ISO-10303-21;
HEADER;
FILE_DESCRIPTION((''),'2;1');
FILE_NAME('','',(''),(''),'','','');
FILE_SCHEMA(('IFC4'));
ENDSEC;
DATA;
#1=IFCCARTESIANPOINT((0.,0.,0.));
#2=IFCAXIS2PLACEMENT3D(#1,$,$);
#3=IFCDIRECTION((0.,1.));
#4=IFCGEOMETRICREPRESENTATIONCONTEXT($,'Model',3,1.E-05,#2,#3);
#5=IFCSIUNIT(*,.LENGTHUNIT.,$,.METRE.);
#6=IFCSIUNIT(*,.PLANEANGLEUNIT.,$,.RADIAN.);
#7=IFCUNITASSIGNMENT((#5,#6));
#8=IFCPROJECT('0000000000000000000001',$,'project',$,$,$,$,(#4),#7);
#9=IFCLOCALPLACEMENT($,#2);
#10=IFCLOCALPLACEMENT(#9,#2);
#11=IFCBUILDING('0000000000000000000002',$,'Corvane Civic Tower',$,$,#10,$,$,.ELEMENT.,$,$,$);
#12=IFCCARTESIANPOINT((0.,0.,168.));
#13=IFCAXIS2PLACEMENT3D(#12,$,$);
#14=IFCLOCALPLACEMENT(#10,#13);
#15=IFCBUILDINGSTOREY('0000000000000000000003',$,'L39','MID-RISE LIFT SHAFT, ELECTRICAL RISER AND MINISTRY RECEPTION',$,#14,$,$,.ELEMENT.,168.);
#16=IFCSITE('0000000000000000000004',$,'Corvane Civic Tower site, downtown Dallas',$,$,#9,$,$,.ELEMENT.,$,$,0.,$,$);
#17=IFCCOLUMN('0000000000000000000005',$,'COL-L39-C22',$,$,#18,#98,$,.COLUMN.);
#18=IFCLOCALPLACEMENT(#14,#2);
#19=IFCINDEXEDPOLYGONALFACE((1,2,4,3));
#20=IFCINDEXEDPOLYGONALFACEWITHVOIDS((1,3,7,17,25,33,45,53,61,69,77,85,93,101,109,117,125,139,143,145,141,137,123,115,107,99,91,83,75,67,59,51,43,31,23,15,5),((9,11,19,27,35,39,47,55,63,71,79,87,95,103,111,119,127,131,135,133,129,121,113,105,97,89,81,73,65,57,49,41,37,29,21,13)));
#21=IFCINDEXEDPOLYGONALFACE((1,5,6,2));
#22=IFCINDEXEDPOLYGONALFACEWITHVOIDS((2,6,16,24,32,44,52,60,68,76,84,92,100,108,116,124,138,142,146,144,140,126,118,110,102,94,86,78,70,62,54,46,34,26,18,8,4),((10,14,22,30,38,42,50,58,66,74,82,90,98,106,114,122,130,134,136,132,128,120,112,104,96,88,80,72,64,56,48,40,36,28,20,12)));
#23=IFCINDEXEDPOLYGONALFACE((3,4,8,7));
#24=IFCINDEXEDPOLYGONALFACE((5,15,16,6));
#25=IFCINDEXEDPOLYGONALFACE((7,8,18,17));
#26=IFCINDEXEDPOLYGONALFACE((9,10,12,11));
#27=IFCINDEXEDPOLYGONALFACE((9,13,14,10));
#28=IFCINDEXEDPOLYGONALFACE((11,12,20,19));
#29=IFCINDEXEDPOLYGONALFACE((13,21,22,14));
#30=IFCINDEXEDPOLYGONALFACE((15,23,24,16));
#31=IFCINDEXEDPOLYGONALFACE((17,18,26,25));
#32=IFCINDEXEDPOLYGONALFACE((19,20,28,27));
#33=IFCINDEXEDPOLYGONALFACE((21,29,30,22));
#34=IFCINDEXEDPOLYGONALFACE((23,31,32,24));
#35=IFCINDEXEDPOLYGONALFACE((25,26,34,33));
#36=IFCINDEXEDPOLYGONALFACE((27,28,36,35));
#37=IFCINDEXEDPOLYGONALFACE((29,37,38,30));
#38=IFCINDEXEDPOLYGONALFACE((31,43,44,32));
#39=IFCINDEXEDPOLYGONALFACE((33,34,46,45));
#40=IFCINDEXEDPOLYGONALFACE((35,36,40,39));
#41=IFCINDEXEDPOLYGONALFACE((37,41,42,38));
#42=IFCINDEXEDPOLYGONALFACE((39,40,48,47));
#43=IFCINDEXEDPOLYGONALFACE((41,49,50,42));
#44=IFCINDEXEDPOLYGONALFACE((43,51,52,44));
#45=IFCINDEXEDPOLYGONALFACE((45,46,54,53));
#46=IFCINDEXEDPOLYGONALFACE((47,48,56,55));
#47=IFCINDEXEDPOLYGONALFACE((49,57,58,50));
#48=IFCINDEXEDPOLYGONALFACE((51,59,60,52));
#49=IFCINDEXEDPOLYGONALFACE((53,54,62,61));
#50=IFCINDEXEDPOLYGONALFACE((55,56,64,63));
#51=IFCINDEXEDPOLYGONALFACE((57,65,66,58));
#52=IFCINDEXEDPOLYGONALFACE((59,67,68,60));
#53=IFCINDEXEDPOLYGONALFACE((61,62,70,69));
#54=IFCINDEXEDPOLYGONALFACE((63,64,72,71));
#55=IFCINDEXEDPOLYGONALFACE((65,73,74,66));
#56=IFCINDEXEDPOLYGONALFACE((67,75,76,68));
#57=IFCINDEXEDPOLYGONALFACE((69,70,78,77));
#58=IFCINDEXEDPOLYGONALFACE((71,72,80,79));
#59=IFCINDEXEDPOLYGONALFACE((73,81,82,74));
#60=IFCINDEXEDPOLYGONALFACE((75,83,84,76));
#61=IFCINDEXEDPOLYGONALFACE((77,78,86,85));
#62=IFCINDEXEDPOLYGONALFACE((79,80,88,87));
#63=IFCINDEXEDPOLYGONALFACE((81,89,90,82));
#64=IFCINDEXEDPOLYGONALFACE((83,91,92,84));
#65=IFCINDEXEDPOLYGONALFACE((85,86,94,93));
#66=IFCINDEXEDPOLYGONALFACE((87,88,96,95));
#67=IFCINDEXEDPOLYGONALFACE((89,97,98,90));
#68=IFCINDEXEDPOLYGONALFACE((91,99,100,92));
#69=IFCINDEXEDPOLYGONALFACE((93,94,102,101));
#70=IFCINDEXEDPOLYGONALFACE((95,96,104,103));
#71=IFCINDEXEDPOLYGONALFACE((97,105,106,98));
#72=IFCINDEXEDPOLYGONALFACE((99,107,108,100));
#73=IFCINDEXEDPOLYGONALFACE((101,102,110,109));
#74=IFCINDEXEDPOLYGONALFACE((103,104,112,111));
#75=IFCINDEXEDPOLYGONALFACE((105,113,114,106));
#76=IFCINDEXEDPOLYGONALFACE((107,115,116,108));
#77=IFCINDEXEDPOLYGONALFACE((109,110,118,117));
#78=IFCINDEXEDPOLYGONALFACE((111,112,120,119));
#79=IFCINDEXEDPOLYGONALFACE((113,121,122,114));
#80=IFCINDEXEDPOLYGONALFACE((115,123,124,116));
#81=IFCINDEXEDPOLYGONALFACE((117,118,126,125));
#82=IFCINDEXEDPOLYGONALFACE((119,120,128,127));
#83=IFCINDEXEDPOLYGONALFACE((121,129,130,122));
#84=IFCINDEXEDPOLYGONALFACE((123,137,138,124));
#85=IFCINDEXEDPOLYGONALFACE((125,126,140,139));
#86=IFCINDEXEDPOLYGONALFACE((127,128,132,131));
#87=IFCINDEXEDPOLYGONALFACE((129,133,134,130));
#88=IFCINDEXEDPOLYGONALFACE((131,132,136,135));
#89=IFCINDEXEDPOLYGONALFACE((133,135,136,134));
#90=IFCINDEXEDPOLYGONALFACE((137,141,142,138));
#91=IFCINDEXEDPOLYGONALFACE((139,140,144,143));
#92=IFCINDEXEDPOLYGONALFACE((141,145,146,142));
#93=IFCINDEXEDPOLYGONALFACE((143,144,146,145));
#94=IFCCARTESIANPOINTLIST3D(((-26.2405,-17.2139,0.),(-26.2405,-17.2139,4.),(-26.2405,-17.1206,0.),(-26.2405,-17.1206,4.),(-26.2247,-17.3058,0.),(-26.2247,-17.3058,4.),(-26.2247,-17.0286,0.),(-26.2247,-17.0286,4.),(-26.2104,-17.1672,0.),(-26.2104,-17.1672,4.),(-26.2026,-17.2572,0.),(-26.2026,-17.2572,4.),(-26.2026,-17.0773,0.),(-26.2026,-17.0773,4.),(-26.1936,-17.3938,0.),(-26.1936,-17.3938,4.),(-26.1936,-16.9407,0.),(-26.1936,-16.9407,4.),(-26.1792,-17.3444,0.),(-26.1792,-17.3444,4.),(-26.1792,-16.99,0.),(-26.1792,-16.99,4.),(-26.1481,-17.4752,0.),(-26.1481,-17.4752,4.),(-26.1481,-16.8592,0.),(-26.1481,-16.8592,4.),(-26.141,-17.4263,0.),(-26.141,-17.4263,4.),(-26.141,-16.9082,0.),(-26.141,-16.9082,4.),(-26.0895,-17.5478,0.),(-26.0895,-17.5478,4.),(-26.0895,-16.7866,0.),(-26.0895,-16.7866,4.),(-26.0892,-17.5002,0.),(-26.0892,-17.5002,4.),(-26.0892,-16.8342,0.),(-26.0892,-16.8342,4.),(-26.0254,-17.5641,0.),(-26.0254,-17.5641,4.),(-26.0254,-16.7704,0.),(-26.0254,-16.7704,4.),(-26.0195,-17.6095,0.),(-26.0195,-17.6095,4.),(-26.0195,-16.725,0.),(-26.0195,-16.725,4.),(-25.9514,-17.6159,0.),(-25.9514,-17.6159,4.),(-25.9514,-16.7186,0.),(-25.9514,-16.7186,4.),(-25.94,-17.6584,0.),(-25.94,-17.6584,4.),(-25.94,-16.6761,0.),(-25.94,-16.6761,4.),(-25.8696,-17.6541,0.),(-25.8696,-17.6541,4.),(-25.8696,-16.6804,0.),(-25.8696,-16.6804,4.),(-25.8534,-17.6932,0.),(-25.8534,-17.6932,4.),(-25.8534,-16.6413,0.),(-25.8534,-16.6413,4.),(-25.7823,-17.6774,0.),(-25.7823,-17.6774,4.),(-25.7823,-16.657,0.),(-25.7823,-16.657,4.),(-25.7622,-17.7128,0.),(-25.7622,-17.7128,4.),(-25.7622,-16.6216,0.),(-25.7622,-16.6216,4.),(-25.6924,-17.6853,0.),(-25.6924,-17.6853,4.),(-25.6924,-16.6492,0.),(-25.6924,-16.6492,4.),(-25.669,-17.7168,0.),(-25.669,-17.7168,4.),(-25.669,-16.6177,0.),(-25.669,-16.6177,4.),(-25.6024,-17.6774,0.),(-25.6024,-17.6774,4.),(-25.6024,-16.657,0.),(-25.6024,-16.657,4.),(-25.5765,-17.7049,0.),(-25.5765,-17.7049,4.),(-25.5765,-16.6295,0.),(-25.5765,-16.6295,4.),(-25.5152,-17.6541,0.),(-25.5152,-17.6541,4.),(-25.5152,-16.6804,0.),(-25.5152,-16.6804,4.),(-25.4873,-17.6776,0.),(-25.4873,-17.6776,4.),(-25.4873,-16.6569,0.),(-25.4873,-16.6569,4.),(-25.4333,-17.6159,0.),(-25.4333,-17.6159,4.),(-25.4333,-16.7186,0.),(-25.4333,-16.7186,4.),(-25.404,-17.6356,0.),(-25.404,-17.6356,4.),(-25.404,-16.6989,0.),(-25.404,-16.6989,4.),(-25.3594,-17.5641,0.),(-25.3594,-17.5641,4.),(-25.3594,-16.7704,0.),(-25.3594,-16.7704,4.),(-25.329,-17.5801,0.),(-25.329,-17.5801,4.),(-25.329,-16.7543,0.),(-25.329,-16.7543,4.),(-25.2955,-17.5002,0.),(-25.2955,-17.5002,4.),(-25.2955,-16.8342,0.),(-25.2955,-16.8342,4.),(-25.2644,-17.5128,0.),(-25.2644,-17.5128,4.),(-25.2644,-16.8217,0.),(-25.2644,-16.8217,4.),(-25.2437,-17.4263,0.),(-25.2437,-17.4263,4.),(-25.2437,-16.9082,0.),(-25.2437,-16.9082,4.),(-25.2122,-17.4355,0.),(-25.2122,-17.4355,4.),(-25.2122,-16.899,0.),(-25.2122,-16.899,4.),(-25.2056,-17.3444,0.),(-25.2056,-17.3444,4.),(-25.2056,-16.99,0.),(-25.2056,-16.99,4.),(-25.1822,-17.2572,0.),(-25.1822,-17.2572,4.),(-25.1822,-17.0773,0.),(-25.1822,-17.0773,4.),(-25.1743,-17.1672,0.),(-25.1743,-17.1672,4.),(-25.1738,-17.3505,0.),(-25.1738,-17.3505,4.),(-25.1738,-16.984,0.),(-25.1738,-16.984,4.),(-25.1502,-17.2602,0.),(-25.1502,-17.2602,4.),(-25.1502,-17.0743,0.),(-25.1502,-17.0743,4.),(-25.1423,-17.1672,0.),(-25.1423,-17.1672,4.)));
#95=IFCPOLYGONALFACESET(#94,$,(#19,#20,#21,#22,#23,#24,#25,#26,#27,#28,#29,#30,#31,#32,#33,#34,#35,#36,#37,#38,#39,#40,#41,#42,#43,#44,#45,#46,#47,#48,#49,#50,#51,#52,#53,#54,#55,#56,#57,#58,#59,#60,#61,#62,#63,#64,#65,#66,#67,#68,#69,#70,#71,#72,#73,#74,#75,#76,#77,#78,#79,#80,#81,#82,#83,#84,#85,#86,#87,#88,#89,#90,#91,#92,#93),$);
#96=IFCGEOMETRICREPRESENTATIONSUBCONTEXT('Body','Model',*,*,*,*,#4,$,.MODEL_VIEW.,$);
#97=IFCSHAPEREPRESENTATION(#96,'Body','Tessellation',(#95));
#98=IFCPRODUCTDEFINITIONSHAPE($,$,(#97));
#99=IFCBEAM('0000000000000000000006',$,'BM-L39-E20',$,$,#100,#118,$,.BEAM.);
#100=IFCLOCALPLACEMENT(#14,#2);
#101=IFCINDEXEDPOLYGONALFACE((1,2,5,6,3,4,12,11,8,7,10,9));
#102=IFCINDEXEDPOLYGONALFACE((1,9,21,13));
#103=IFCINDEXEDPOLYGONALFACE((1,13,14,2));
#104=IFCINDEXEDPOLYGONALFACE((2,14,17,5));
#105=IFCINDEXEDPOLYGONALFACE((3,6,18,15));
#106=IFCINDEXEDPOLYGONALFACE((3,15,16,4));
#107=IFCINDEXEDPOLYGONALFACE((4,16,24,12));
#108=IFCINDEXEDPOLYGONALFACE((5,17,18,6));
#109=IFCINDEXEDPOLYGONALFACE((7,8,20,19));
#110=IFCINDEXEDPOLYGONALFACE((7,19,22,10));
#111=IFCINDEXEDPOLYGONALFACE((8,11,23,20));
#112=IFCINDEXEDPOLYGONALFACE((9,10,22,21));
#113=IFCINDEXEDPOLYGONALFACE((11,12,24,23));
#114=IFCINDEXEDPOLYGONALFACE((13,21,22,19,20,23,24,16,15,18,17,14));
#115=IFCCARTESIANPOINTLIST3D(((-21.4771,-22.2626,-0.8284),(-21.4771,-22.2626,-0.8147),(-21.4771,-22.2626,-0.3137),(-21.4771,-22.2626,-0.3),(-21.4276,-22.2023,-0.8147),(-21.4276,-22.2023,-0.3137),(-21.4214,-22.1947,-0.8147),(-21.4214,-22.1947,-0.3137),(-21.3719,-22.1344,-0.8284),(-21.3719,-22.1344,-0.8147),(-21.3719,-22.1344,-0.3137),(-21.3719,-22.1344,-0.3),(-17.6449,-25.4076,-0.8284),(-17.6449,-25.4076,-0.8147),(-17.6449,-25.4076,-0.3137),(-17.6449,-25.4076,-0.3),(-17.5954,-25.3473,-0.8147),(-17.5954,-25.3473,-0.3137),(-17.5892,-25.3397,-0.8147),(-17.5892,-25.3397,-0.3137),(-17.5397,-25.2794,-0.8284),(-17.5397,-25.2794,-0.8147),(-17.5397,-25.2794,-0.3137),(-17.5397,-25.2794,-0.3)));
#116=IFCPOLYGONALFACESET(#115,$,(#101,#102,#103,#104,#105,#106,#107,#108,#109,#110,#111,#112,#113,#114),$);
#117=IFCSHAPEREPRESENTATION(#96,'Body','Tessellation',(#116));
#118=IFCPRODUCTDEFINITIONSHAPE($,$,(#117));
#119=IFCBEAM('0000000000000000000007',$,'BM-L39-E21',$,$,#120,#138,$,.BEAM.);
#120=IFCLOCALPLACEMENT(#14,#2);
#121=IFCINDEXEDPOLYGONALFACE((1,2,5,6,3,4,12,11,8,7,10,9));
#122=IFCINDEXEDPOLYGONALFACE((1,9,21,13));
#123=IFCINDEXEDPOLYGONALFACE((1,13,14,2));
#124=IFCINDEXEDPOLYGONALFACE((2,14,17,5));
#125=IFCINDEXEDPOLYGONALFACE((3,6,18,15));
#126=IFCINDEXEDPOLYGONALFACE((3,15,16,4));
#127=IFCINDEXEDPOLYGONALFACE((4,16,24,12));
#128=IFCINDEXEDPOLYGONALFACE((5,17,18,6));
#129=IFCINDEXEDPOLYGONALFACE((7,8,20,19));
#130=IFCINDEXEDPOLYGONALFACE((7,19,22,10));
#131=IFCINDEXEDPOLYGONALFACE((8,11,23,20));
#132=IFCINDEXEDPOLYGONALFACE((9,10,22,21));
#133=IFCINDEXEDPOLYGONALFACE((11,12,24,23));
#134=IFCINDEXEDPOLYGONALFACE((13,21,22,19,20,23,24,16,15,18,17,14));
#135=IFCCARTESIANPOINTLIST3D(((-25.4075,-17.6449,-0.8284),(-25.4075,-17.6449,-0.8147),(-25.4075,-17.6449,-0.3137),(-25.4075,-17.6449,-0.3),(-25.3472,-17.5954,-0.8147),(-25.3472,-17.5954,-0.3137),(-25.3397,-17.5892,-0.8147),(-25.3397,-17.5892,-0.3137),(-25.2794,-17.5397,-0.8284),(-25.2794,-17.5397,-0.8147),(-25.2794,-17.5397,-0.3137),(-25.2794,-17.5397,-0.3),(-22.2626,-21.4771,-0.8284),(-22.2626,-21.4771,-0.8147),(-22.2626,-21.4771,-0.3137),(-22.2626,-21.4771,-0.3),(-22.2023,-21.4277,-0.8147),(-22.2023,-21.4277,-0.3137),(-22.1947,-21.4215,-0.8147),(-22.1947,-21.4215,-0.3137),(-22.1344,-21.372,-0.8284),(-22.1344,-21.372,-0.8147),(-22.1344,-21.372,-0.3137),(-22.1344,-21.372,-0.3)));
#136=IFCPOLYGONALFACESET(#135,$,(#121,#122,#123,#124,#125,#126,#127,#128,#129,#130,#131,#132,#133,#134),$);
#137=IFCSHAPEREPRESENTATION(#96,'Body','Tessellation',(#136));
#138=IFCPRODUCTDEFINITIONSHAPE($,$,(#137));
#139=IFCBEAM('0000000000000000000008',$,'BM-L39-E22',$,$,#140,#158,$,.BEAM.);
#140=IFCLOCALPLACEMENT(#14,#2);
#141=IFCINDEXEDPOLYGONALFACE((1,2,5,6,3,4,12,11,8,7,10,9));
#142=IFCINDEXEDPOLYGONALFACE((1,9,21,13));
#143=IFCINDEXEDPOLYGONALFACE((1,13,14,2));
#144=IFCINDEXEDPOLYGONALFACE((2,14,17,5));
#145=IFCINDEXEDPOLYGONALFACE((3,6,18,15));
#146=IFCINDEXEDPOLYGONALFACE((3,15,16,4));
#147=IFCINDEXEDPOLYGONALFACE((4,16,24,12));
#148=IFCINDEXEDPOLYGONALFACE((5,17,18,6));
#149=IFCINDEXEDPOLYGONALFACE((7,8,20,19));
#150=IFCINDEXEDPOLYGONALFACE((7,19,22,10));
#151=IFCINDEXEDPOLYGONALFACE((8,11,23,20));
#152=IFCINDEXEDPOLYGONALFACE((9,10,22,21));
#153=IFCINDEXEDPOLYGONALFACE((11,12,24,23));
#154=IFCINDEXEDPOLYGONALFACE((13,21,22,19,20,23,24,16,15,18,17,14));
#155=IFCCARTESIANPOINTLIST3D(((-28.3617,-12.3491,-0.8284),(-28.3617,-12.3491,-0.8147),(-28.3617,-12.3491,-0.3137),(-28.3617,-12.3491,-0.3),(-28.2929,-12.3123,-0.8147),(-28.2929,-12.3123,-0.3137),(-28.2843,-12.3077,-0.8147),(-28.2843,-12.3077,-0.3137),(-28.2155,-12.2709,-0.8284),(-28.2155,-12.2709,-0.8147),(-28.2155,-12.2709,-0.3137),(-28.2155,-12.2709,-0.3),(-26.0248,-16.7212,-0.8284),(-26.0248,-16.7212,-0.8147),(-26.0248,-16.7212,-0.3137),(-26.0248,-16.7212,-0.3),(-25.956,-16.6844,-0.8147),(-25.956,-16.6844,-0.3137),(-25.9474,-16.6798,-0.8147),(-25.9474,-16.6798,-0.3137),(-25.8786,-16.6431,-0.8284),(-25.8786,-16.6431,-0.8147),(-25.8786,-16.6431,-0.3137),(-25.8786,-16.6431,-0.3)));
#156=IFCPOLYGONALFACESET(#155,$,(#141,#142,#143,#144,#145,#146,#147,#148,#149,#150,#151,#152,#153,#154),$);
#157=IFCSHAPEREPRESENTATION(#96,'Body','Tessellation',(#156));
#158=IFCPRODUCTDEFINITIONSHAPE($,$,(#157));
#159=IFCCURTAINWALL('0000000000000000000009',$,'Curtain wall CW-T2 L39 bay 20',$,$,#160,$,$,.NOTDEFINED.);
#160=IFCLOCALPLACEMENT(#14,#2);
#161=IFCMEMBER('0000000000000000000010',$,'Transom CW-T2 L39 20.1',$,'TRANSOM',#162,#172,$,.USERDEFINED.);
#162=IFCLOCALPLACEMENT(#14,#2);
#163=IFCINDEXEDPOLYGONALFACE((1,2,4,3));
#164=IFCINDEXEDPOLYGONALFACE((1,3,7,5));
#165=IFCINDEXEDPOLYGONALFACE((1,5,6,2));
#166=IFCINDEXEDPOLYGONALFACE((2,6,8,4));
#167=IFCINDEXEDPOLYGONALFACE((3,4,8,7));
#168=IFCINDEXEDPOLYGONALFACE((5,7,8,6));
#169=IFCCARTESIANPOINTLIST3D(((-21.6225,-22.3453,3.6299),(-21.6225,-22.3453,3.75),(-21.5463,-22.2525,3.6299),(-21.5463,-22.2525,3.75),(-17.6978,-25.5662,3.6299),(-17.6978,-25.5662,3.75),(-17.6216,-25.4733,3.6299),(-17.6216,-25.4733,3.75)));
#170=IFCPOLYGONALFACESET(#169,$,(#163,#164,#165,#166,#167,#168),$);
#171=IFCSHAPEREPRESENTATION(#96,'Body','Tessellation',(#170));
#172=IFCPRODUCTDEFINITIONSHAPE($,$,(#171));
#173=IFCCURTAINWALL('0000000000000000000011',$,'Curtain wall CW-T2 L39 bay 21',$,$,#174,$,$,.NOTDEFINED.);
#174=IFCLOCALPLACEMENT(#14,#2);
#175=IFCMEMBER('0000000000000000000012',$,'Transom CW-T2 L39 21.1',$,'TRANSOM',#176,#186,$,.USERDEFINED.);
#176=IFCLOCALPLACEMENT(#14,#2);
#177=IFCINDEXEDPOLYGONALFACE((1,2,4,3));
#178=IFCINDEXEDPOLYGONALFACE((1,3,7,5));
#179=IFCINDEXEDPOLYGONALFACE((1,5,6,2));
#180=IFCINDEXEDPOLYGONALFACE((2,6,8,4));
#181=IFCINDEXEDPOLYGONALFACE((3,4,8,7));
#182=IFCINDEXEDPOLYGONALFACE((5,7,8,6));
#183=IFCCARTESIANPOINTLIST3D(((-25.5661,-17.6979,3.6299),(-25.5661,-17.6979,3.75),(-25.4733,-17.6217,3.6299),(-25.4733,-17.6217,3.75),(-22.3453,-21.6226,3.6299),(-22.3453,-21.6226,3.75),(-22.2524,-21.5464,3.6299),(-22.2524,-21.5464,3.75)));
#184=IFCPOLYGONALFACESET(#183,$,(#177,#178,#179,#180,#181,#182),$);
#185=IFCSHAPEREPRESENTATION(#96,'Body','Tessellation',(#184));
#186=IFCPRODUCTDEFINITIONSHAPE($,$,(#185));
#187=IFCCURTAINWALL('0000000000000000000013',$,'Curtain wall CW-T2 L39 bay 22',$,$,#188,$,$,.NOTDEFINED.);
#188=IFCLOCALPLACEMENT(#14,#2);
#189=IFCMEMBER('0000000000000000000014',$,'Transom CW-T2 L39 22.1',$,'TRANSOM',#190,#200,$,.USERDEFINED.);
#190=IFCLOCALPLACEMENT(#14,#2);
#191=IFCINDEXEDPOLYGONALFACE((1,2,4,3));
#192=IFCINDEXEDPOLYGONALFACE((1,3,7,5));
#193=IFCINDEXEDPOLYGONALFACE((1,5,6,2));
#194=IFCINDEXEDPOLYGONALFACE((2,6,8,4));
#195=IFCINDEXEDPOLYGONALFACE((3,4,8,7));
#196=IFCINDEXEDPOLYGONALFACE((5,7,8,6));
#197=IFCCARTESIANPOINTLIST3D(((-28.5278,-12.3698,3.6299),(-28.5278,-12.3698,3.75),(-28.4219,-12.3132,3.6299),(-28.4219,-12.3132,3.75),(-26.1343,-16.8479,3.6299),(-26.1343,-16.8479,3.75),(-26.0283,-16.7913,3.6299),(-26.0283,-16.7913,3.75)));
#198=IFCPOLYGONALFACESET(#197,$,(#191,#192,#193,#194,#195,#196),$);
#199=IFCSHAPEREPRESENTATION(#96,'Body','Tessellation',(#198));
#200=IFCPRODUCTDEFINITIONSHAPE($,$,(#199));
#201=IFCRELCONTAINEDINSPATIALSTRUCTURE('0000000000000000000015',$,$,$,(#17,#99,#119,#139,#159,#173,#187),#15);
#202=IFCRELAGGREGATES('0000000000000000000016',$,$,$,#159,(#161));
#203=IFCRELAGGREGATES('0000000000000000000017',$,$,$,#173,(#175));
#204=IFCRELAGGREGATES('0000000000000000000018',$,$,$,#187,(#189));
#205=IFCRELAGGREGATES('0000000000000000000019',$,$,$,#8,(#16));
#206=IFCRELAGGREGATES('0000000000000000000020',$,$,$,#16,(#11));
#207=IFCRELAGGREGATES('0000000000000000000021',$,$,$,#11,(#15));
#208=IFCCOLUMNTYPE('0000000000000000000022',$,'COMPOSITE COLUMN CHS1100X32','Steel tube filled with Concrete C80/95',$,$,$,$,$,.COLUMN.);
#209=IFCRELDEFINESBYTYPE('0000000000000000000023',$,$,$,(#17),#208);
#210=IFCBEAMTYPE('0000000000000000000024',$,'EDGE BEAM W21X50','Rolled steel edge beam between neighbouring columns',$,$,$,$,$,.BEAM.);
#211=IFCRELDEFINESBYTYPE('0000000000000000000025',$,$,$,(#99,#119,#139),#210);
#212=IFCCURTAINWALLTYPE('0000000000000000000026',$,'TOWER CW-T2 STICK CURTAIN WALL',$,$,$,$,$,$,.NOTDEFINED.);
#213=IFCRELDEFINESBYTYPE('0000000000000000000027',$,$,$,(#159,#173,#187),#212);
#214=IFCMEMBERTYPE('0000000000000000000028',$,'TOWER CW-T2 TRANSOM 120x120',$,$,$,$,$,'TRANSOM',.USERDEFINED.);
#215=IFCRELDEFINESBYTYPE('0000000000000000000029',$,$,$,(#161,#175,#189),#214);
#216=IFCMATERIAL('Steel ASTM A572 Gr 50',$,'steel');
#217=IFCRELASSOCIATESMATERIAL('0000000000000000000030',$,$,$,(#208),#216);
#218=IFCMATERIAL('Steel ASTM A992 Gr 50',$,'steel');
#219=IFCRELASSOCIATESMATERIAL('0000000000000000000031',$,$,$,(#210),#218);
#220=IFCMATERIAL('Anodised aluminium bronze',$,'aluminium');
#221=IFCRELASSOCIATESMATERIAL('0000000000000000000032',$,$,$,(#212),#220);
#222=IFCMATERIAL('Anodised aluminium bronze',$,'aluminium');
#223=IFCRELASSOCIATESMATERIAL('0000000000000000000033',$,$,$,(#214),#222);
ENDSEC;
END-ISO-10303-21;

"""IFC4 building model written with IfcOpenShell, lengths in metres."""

from ifc_helpers import new_model, si_unit, direction, frame, origin, origin_2d, place, context, subcontext, project, spatial, rectangle, hollow_circle, i_section, extrude, material, material_profile, profile_set, type_object, element, aggregate, save


model = new_model("IFC4")

# Units and contexts
model_context = context("Model", 3, precision=1e-05, world=origin(), true_north=direction((0.0, 1.0)))
body_context = subcontext(model_context, "Body", "Model", "MODEL_VIEW")
ifc_project = project(units=[si_unit("LENGTHUNIT", "METRE"), si_unit("PLANEANGLEUNIT", "RADIAN")], contexts=[model_context])

# Site, building, storey
site_placement = place(None, origin())
site = spatial("IfcSite", under=ifc_project, at=site_placement, Name="Corvane Civic Tower site, downtown Dallas", CompositionType="ELEMENT", RefElevation=0.0)
building_placement = place(site_placement, origin())
building = spatial("IfcBuilding", under=site, at=building_placement, Name="Corvane Civic Tower", CompositionType="ELEMENT")
storey_placement = place(building_placement, frame((0.0, 0.0, 168.0)))
storey = spatial("IfcBuildingStorey", under=building, at=storey_placement, Name="L39", Description="MID-RISE LIFT SHAFT, ELECTRICAL RISER AND MINISTRY RECEPTION", CompositionType="ELEMENT", Elevation=168.0)

# Column
ifc_material_1 = material(Name="Steel ASTM A572 Gr 50", Category="steel")
ifc_material_profile_1 = material_profile(ifc_material_1, hollow_circle(Radius=0.55, WallThickness=0.032, at=origin_2d()), Name="CHS1100X32")
ifc_profile_set_1 = profile_set([ifc_material_profile_1], Name="Steel ASTM A572 Gr 50")
column_type = type_object("IfcColumnType", Name="COMPOSITE COLUMN CHS1100X32", Description="Steel tube filled with Concrete C80/95", PredefinedType="COLUMN", material=ifc_profile_set_1)
for number, where, z_axis, x_axis, name in (
    (1, (-25.6924, -17.1672, 0.0), (0.0, 0.0, 1.0), (1.0, 0.0, 0.0), "COL-L39-C22"),
):
    element("IfcColumn", number, at=place(storey_placement, frame(where, z_axis=z_axis, x_axis=x_axis)), inside=storey, type_object=column_type, Name=name, PredefinedType="COLUMN", context=body_context, shape_type="SweptSolid", body=[
        extrude(hollow_circle(Radius=0.55, WallThickness=0.032, at=origin_2d()), origin(), (0.0, 0.0, 1.0), 4.0),
    ])

# Beams
ifc_material_2 = material(Name="Steel ASTM A992 Gr 50", Category="steel")
ifc_material_profile_2 = material_profile(ifc_material_2, i_section(OverallWidth=0.1658, OverallDepth=0.5283, WebThickness=0.0098, FlangeThickness=0.0137, at=origin_2d()), Name="W21X50")
ifc_profile_set_2 = profile_set([ifc_material_profile_2], Name="Steel ASTM A992 Gr 50")
beam_type = type_object("IfcBeamType", Name="EDGE BEAM W21X50", Description="Rolled steel edge beam between neighbouring columns", PredefinedType="BEAM", material=ifc_profile_set_2)
for number, where, z_axis, x_axis, name in (
    (2, (-17.5923, -25.3435, -0.5642), (-0.773015, 0.634388, 0.0), (-0.634388, -0.773015, 0.0), "BM-L39-E20"),
    (3, (-22.1985, -21.4246, -0.5642), (-0.634388, 0.773015, 0.0), (-0.773015, -0.634388, 0.0), "BM-L39-E21"),
    (4, (-25.9517, -16.6821, -0.5642), (-0.471396, 0.881922, 0.0), (-0.881922, -0.471396, 0.0), "BM-L39-E22"),
):
    element("IfcBeam", number, at=place(storey_placement, frame(where, z_axis=z_axis, x_axis=x_axis)), inside=storey, type_object=beam_type, Name=name, PredefinedType="BEAM", context=body_context, shape_type="SweptSolid", body=[
        extrude(i_section(OverallWidth=0.1658, OverallDepth=0.5283, WebThickness=0.0098, FlangeThickness=0.0137, at=origin_2d()), origin(), (0.0, 0.0, 1.0), 4.9575),
    ])

# Curtain walls, members
ifc_material_3 = material(Name="Anodised aluminium bronze", Category="aluminium")
curtain_wall_type = type_object("IfcCurtainWallType", Name="TOWER CW-T2 STICK CURTAIN WALL", PredefinedType="NOTDEFINED", material=ifc_material_3)
curtain_wall_1_placement = place(storey_placement, origin())
curtain_wall_1 = element("IfcCurtainWall", 5, at=curtain_wall_1_placement, inside=storey, type_object=curtain_wall_type, Name="Curtain wall CW-T2 L39 bay 20", PredefinedType="NOTDEFINED")
ifc_material_4 = material(Name="Anodised aluminium bronze", Category="aluminium")
ifc_material_profile_3 = material_profile(ifc_material_4, rectangle(XDim=0.1201, YDim=0.1201, at=origin_2d()), Name="TOWER CW-T2 TRANSOM 120x120")
ifc_profile_set_3 = profile_set([ifc_material_profile_3], Name="Anodised aluminium bronze")
member_type = type_object("IfcMemberType", Name="TOWER CW-T2 TRANSOM 120x120", ElementType="TRANSOM", PredefinedType="USERDEFINED", material=ifc_profile_set_3)
member_1_placement = place(storey_placement, frame((-17.6597, -25.5198, 3.6899), z_axis=(-0.773016, 0.634387, 0.0), x_axis=(-0.634387, -0.773016, 0.0)))
member_1 = element("IfcMember", 6, at=member_1_placement, type_object=member_type, Name="Transom CW-T2 L39 20.1", ObjectType="TRANSOM", PredefinedType="USERDEFINED", context=body_context, shape_type="SweptSolid", body=[
    extrude(rectangle(XDim=0.1201, YDim=0.1201, at=origin_2d()), origin(), (0.0, 0.0, 1.0), 5.0771),
])
curtain_wall_2_placement = place(storey_placement, origin())
curtain_wall_2 = element("IfcCurtainWall", 7, at=curtain_wall_2_placement, inside=storey, type_object=curtain_wall_type, Name="Curtain wall CW-T2 L39 bay 21", PredefinedType="NOTDEFINED")
member_2_placement = place(storey_placement, frame((-22.2988, -21.5845, 3.6899), z_axis=(-0.634387, 0.773016, 0.0), x_axis=(-0.773016, -0.634387, 0.0)))
member_2 = element("IfcMember", 8, at=member_2_placement, type_object=member_type, Name="Transom CW-T2 L39 21.1", ObjectType="TRANSOM", PredefinedType="USERDEFINED", context=body_context, shape_type="SweptSolid", body=[
    extrude(rectangle(XDim=0.1201, YDim=0.1201, at=origin_2d()), origin(), (0.0, 0.0, 1.0), 5.0771),
])
curtain_wall_3_placement = place(storey_placement, origin())
curtain_wall_3 = element("IfcCurtainWall", 9, at=curtain_wall_3_placement, inside=storey, type_object=curtain_wall_type, Name="Curtain wall CW-T2 L39 bay 22", PredefinedType="NOTDEFINED")
member_3_placement = place(storey_placement, frame((-26.0813, -16.8196, 3.6899), z_axis=(-0.471397, 0.881921, 0.0), x_axis=(-0.881921, -0.471397, 0.0)))
member_3 = element("IfcMember", 10, at=member_3_placement, type_object=member_type, Name="Transom CW-T2 L39 22.1", ObjectType="TRANSOM", PredefinedType="USERDEFINED", context=body_context, shape_type="SweptSolid", body=[
    extrude(rectangle(XDim=0.1201, YDim=0.1201, at=origin_2d()), origin(), (0.0, 0.0, 1.0), 5.0776),
])

aggregate(curtain_wall_1, [member_1])
aggregate(curtain_wall_2, [member_2])
aggregate(curtain_wall_3, [member_3])

save(model, "model.ifc")
